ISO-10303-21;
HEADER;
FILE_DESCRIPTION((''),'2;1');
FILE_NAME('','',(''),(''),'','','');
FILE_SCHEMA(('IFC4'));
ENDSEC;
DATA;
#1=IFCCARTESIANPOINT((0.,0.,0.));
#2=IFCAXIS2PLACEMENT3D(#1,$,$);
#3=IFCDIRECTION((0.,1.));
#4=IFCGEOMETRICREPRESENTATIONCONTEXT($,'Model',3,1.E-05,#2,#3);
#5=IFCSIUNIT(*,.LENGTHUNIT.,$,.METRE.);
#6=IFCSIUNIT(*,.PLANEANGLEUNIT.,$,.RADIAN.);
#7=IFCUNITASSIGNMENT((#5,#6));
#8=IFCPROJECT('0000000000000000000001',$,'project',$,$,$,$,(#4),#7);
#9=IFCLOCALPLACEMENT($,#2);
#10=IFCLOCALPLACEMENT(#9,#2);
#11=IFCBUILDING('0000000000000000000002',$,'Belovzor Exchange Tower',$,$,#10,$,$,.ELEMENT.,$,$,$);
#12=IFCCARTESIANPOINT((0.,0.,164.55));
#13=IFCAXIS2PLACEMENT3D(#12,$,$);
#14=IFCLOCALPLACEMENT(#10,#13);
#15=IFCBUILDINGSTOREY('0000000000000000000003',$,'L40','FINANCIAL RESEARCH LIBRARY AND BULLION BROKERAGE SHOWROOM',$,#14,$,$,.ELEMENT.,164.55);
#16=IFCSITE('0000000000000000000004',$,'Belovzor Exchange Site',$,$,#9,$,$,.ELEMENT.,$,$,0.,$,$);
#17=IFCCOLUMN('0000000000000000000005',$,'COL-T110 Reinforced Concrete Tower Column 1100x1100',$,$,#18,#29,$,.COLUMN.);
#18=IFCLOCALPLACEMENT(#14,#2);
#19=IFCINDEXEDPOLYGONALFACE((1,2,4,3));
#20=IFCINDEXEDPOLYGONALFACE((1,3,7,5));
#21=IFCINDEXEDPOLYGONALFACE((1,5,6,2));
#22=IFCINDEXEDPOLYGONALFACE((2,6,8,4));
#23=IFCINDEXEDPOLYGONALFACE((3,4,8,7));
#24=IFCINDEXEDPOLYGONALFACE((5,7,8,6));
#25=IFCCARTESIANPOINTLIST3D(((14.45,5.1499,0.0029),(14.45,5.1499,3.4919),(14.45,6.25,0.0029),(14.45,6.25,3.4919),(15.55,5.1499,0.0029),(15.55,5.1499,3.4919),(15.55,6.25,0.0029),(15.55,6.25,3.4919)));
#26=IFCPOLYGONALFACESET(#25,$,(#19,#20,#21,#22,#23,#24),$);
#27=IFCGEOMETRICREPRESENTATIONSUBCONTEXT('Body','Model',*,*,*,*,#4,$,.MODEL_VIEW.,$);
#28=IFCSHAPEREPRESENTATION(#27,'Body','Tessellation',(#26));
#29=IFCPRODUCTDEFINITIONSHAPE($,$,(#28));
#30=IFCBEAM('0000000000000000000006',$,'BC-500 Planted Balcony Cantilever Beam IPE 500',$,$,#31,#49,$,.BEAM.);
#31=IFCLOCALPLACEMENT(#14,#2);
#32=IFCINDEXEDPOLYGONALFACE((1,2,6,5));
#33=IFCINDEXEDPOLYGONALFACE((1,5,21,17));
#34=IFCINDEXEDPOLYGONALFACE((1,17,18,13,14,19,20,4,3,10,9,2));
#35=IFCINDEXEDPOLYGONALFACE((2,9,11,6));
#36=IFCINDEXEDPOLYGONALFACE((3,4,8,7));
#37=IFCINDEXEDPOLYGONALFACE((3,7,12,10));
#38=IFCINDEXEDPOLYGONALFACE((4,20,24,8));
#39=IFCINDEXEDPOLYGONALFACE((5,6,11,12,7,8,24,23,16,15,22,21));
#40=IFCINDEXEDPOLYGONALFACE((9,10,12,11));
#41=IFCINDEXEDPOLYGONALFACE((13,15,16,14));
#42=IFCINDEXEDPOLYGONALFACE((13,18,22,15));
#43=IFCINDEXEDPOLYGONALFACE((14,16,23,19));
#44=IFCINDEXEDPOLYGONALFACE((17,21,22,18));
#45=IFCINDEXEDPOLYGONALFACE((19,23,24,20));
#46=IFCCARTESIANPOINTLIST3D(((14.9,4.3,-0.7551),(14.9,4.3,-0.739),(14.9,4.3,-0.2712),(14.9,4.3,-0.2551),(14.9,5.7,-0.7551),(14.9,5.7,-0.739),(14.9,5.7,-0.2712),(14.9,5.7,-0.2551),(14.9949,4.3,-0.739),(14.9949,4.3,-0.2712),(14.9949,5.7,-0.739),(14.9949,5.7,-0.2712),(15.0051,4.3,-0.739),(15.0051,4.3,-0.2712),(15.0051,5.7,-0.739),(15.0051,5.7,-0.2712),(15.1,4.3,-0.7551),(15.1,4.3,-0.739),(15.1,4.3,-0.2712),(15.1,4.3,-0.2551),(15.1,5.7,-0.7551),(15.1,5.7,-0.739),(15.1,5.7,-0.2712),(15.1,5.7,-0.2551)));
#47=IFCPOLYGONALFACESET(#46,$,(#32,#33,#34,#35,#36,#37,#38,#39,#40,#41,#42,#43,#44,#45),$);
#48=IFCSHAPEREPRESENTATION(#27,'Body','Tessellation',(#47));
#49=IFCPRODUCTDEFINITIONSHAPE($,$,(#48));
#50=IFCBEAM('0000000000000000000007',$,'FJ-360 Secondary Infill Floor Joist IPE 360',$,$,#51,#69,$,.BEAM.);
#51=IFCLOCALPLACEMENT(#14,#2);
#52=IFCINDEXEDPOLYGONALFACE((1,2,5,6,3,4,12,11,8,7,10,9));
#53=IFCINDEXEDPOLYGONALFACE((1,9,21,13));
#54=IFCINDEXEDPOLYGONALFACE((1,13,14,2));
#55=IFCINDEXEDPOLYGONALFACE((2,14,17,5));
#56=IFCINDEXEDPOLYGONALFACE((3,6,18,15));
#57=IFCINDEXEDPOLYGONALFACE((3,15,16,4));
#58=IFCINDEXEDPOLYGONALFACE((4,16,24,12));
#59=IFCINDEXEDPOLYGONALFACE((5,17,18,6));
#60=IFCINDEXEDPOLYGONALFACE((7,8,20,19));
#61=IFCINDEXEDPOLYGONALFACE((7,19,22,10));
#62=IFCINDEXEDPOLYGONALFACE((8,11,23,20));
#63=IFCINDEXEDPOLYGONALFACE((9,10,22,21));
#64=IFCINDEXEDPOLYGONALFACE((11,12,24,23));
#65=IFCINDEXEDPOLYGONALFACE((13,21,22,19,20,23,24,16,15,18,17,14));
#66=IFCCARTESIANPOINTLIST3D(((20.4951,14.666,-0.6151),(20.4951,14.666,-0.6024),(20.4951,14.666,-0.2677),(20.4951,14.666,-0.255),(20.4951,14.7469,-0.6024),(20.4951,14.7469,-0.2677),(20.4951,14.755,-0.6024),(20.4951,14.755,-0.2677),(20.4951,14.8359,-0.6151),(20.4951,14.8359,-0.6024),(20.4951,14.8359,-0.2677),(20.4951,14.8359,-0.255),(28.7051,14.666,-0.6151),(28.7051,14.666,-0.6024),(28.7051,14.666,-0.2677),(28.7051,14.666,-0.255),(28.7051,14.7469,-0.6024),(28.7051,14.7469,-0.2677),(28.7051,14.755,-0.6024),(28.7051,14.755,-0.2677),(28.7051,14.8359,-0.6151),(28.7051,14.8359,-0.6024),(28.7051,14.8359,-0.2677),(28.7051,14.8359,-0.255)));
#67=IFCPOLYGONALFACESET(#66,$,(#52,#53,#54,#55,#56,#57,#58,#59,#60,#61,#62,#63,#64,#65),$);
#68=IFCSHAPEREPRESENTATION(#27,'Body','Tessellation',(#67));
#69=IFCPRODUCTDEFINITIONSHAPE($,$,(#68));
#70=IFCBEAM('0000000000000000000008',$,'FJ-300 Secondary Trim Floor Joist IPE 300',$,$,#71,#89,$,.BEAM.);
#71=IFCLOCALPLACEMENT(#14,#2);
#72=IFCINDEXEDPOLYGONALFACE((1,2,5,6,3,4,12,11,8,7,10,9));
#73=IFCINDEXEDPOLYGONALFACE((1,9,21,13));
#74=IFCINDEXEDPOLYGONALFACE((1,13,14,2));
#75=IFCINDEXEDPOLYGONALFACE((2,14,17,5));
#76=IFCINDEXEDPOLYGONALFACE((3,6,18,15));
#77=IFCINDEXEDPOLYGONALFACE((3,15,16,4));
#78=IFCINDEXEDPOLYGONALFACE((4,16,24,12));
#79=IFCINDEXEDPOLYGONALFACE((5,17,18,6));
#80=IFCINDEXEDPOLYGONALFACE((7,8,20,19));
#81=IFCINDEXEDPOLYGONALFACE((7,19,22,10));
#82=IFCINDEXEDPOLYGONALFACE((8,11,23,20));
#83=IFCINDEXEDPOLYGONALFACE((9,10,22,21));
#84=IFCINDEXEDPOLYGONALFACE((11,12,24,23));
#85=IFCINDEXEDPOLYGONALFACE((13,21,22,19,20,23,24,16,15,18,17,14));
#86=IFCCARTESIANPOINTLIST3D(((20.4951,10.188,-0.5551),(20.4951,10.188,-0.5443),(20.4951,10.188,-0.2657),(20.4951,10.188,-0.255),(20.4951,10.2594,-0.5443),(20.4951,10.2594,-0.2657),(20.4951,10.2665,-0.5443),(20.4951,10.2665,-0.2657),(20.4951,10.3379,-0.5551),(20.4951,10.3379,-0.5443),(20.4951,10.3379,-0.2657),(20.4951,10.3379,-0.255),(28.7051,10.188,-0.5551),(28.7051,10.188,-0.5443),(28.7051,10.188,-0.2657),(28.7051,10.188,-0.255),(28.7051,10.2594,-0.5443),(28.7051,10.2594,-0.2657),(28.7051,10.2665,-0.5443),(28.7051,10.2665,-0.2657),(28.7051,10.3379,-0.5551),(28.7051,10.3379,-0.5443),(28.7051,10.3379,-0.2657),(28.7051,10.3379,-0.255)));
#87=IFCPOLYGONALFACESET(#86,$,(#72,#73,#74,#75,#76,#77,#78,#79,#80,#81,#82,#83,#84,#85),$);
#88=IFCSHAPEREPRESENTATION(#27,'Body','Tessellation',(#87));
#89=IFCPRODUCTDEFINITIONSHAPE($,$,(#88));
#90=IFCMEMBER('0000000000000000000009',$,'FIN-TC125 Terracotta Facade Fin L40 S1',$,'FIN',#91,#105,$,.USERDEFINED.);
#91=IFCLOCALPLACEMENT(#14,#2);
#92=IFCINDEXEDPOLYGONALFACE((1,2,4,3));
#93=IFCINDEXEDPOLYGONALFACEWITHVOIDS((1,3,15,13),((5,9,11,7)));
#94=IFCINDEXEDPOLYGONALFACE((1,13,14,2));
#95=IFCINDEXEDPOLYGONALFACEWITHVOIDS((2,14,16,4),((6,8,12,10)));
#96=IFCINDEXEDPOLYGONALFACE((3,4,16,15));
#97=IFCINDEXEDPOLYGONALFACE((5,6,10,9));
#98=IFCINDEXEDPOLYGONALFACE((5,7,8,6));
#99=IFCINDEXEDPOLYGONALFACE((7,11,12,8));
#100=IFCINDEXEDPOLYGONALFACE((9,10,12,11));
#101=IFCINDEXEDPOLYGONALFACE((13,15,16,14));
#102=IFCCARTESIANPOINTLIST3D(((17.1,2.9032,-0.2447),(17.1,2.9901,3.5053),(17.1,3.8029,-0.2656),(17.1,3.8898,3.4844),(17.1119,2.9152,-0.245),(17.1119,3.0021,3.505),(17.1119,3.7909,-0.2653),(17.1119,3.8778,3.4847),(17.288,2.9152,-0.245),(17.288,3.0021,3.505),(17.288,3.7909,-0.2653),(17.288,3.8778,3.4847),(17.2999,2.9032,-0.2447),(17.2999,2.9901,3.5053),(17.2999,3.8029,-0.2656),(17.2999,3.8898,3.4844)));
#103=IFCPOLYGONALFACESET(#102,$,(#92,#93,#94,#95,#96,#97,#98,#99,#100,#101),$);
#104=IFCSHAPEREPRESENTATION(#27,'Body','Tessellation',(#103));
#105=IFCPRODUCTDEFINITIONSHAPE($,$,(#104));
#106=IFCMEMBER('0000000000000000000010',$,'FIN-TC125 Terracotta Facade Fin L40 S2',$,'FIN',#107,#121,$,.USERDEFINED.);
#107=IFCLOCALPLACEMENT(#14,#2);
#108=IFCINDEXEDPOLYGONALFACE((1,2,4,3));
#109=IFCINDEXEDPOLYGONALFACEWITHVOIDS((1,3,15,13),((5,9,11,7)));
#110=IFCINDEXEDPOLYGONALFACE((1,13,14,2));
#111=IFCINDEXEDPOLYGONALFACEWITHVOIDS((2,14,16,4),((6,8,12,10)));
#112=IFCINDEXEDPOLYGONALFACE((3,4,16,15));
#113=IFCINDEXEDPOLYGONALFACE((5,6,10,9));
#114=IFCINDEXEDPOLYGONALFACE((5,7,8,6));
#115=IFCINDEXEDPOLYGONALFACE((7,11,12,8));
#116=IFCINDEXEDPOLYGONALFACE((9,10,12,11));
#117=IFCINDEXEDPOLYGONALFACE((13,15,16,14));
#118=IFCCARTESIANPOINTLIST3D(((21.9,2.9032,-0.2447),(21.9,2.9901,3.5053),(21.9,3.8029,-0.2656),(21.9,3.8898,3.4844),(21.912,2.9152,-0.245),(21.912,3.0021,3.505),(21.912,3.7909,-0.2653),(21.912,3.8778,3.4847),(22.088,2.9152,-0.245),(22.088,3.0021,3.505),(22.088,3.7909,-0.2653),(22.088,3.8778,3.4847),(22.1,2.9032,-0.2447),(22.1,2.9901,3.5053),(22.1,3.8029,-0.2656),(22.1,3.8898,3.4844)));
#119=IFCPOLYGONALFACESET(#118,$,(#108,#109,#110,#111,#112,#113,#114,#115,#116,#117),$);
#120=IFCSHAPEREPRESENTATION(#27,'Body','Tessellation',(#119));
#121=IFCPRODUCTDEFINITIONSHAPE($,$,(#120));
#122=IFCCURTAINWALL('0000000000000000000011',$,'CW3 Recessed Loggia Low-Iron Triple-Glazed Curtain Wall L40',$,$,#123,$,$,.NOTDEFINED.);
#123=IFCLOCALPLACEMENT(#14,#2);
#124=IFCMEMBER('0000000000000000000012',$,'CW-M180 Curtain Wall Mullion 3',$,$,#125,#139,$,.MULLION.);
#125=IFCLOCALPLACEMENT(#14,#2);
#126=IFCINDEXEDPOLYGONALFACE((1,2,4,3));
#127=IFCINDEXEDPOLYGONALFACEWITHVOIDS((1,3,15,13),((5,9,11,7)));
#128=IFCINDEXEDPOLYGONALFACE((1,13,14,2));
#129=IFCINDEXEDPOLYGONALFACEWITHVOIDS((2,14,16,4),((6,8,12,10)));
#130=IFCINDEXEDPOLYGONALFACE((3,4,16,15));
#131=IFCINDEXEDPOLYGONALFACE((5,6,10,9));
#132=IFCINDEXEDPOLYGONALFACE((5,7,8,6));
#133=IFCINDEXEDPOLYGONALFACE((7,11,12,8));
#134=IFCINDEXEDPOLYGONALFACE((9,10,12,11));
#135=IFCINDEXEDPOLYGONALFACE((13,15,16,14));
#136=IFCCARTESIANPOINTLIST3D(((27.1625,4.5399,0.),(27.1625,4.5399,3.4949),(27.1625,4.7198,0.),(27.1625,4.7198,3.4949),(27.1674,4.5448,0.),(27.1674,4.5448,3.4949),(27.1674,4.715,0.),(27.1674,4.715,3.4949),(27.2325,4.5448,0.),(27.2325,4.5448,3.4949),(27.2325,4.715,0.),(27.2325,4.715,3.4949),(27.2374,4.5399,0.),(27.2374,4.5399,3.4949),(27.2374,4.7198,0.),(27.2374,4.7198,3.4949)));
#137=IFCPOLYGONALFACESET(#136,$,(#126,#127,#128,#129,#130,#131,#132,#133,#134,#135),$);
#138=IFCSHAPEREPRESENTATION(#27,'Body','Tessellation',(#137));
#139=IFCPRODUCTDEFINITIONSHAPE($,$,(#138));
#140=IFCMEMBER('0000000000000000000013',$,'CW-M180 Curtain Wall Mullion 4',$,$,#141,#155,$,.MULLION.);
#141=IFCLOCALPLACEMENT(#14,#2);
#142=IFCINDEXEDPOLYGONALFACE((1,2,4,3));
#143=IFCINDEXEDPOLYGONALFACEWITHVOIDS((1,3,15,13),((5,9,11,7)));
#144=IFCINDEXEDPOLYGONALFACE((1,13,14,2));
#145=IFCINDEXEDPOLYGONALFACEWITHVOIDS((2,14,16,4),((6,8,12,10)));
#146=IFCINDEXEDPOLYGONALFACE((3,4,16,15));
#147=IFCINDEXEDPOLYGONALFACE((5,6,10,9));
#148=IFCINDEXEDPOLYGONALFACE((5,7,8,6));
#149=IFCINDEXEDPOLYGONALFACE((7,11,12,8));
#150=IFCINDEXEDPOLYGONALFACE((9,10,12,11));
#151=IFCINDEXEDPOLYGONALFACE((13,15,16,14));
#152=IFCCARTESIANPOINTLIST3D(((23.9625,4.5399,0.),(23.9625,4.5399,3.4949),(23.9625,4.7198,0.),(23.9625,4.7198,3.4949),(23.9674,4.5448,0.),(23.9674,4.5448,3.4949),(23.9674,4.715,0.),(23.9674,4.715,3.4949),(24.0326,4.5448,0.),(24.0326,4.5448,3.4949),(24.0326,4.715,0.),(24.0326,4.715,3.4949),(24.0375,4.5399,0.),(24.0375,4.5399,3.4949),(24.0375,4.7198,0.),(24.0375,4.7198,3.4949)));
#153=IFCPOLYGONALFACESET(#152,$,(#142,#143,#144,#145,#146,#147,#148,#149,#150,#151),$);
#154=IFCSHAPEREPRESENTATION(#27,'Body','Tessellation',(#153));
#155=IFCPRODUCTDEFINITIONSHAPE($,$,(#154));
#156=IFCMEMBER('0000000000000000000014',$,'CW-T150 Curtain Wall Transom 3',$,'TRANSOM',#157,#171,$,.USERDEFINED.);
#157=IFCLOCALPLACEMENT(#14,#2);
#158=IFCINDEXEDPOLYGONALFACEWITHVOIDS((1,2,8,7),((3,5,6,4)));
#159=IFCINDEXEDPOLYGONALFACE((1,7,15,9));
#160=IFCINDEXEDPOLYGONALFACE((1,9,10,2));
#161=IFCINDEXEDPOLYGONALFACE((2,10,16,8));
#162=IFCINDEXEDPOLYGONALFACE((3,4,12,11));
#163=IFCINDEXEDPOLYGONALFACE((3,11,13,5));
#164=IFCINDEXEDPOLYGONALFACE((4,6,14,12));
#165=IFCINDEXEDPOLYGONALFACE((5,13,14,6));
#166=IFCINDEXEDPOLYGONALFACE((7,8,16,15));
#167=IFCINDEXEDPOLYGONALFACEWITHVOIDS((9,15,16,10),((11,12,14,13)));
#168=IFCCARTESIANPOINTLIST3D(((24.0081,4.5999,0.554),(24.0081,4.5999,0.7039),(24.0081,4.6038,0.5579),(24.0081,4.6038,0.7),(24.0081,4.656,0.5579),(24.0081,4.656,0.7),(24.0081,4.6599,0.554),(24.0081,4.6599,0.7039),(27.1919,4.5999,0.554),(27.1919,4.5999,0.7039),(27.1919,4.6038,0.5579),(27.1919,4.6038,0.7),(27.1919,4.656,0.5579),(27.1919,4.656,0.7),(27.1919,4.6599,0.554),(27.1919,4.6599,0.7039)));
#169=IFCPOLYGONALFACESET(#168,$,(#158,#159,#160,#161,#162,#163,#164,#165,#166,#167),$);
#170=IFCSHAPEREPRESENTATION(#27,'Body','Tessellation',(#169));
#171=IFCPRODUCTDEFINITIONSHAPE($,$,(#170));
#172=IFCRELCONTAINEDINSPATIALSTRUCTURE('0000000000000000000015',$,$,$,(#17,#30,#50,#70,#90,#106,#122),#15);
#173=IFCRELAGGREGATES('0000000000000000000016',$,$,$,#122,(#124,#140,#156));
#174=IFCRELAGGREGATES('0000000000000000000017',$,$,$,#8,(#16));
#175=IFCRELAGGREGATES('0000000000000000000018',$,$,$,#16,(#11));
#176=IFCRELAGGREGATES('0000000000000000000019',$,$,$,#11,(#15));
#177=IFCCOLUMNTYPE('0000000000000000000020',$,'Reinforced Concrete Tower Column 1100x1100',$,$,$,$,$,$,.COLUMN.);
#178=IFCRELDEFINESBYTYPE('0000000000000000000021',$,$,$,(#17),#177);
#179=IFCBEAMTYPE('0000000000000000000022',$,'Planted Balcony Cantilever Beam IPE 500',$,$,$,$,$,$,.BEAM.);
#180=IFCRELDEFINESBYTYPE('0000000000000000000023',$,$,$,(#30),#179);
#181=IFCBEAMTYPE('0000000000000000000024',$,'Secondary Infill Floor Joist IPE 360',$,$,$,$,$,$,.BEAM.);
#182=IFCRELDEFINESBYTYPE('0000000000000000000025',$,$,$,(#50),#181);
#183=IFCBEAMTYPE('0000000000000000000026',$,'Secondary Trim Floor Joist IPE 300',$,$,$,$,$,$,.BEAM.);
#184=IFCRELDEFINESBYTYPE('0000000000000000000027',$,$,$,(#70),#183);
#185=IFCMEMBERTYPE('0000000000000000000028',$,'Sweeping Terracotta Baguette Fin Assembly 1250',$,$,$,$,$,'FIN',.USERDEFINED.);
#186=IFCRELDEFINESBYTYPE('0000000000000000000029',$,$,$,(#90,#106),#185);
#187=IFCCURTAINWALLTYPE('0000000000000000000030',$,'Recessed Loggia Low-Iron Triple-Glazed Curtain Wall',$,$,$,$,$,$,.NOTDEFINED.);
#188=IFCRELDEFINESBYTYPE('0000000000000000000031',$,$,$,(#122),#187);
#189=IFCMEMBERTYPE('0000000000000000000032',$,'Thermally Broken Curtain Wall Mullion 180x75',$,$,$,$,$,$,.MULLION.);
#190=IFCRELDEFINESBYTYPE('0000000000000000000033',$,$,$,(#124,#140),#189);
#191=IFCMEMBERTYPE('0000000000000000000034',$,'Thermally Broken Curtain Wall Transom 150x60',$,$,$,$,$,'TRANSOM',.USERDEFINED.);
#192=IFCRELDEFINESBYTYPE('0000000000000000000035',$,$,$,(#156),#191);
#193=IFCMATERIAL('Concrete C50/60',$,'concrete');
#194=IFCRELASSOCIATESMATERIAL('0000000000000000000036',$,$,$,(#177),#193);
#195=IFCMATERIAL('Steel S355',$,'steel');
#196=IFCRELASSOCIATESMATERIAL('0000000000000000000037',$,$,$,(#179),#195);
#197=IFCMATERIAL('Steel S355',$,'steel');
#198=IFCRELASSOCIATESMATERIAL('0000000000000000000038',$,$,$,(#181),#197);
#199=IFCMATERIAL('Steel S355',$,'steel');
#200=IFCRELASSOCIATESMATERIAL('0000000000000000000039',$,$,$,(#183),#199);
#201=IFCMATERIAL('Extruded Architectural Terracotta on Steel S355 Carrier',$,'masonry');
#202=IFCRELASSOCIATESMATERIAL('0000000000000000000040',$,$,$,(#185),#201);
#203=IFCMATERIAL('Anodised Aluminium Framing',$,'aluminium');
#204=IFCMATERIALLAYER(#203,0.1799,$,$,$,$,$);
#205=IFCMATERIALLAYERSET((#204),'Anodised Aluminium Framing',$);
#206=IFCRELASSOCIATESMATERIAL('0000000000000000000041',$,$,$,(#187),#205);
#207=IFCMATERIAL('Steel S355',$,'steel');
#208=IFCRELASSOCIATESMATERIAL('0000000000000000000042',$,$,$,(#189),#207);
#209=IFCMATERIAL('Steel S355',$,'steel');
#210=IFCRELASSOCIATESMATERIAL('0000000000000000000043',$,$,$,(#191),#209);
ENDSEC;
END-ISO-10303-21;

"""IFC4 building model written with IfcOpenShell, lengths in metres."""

from ifc_helpers import new_model, si_unit, direction, frame, origin, origin_2d, place, context, subcontext, project, spatial, rectangle, hollow_rectangle, i_section, extrude, material, layer, layer_set, material_profile, profile_set, type_object, element, aggregate, save


model = new_model("IFC4")

# Units and contexts
model_context = context("Model", 3, precision=1e-05, world=origin(), true_north=direction((0.0, 1.0)))
body_context = subcontext(model_context, "Body", "Model", "MODEL_VIEW")
ifc_project = project(units=[si_unit("LENGTHUNIT", "METRE"), si_unit("PLANEANGLEUNIT", "RADIAN")], contexts=[model_context])

# Site, building, storey
site_placement = place(None, origin())
site = spatial("IfcSite", under=ifc_project, at=site_placement, Name="Belovzor Exchange Site", CompositionType="ELEMENT", RefElevation=0.0)
building_placement = place(site_placement, origin())
building = spatial("IfcBuilding", under=site, at=building_placement, Name="Belovzor Exchange Tower", CompositionType="ELEMENT")
storey_placement = place(building_placement, frame((0.0, 0.0, 164.55)))
storey = spatial("IfcBuildingStorey", under=building, at=storey_placement, Name="L40", Description="FINANCIAL RESEARCH LIBRARY AND BULLION BROKERAGE SHOWROOM", CompositionType="ELEMENT", Elevation=164.55)

# Column
ifc_material_1 = material(Name="Concrete C50/60", Category="concrete")
ifc_material_profile_1 = material_profile(ifc_material_1, rectangle(XDim=1.1001, YDim=1.1001, at=origin_2d()))
ifc_profile_set_1 = profile_set([ifc_material_profile_1], Name="Concrete C50/60")
column_type = type_object("IfcColumnType", Name="Reinforced Concrete Tower Column 1100x1100", PredefinedType="COLUMN", material=ifc_profile_set_1)
column_placement = place(storey_placement, frame((15.0, 5.7, 0.0029), z_axis=(0.0, 0.0, 1.0), x_axis=(1.0, 0.0, 0.0)))
element("IfcColumn", 1, at=column_placement, inside=storey, type_object=column_type, Name="COL-T110 Reinforced Concrete Tower Column 1100x1100", PredefinedType="COLUMN", context=body_context, shape_type="SweptSolid", body=[
    extrude(rectangle(XDim=1.1001, YDim=1.1001, at=origin_2d()), origin(), (0.0, 0.0, 1.0), 3.489),
])

# Beams
ifc_material_2 = material(Name="Steel S355", Category="steel")
ifc_material_profile_2 = material_profile(ifc_material_2, i_section(OverallWidth=0.2, OverallDepth=0.5, WebThickness=0.0103, FlangeThickness=0.0161, at=origin_2d()))
ifc_profile_set_2 = profile_set([ifc_material_profile_2], Name="Steel S355")
beam_type_1 = type_object("IfcBeamType", Name="Planted Balcony Cantilever Beam IPE 500", PredefinedType="BEAM", material=ifc_profile_set_2)
beam_1_placement = place(storey_placement, frame((15.0, 5.7, -0.5051), z_axis=(0.0, -1.0, 0.0), x_axis=(1.0, 0.0, 0.0)))
element("IfcBeam", 2, at=beam_1_placement, inside=storey, type_object=beam_type_1, Name="BC-500 Planted Balcony Cantilever Beam IPE 500", PredefinedType="BEAM", context=body_context, shape_type="SweptSolid", body=[
    extrude(i_section(OverallWidth=0.2, OverallDepth=0.5, WebThickness=0.0103, FlangeThickness=0.0161, at=origin_2d()), origin(), (0.0, 0.0, 1.0), 1.3999),
])
ifc_material_3 = material(Name="Steel S355", Category="steel")
ifc_material_profile_3 = material_profile(ifc_material_3, i_section(OverallWidth=0.1699, OverallDepth=0.3601, WebThickness=0.0081, FlangeThickness=0.0127, at=origin_2d()))
ifc_profile_set_3 = profile_set([ifc_material_profile_3], Name="Steel S355")
beam_type_2 = type_object("IfcBeamType", Name="Secondary Infill Floor Joist IPE 360", PredefinedType="BEAM", material=ifc_profile_set_3)
beam_2_placement = place(storey_placement, frame((20.4951, 14.751, -0.4351), z_axis=(1.0, 0.0, 0.0), x_axis=(0.0, 1.0, 0.0)))
element("IfcBeam", 3, at=beam_2_placement, inside=storey, type_object=beam_type_2, Name="FJ-360 Secondary Infill Floor Joist IPE 360", PredefinedType="BEAM", context=body_context, shape_type="SweptSolid", body=[
    extrude(i_section(OverallWidth=0.1699, OverallDepth=0.3601, WebThickness=0.0081, FlangeThickness=0.0127, at=origin_2d()), origin(), (0.0, 0.0, 1.0), 8.21),
])
ifc_material_4 = material(Name="Steel S355", Category="steel")
ifc_material_profile_4 = material_profile(ifc_material_4, i_section(OverallWidth=0.1499, OverallDepth=0.3, WebThickness=0.0071, FlangeThickness=0.0107, at=origin_2d()))
ifc_profile_set_4 = profile_set([ifc_material_profile_4], Name="Steel S355")
beam_type_3 = type_object("IfcBeamType", Name="Secondary Trim Floor Joist IPE 300", PredefinedType="BEAM", material=ifc_profile_set_4)
beam_3_placement = place(storey_placement, frame((20.4951, 10.2629, -0.405), z_axis=(1.0, 0.0, 0.0), x_axis=(0.0, 1.0, 0.0)))
element("IfcBeam", 4, at=beam_3_placement, inside=storey, type_object=beam_type_3, Name="FJ-300 Secondary Trim Floor Joist IPE 300", PredefinedType="BEAM", context=body_context, shape_type="SweptSolid", body=[
    extrude(i_section(OverallWidth=0.1499, OverallDepth=0.3, WebThickness=0.0071, FlangeThickness=0.0107, at=origin_2d()), origin(), (0.0, 0.0, 1.0), 8.21),
])

# Members
ifc_material_5 = material(Name="Extruded Architectural Terracotta on Steel S355 Carrier", Category="masonry")
ifc_material_profile_5 = material_profile(ifc_material_5, hollow_rectangle(XDim=0.2, YDim=0.8999, WallThickness=0.012, at=origin_2d()))
ifc_profile_set_5 = profile_set([ifc_material_profile_5], Name="Extruded Architectural Terracotta on Steel S355 Carrier")
member_type_1 = type_object("IfcMemberType", Name="Sweeping Terracotta Baguette Fin Assembly 1250", ElementType="FIN", PredefinedType="USERDEFINED", material=ifc_profile_set_5)
for number, where, z_axis, x_axis, name in (
    (5, (17.2, 3.353, -0.2551), (0.0, 0.023171, 0.999732), (-1.0, 0.0, 0.0), "FIN-TC125 Terracotta Facade Fin L40 S1"),
    (6, (22.0, 3.353, -0.2551), (0.0, 0.023171, 0.999732), (-1.0, 0.0, 0.0), "FIN-TC125 Terracotta Facade Fin L40 S2"),
):
    element("IfcMember", number, at=place(storey_placement, frame(where, z_axis=z_axis, x_axis=x_axis)), inside=storey, type_object=member_type_1, Name=name, ObjectType="FIN", PredefinedType="USERDEFINED", context=body_context, shape_type="SweptSolid", body=[
        extrude(hollow_rectangle(XDim=0.2, YDim=0.8999, WallThickness=0.012, at=origin_2d()), origin(), (0.0, 0.0, 1.0), 3.751),
    ])

# Curtain wall, members
ifc_material_6 = material(Name="Anodised Aluminium Framing", Category="aluminium")
ifc_layer_1 = layer(ifc_material_6, 0.1799)
ifc_layer_set_1 = layer_set([ifc_layer_1], Name="Anodised Aluminium Framing")
curtain_wall_type = type_object("IfcCurtainWallType", Name="Recessed Loggia Low-Iron Triple-Glazed Curtain Wall", PredefinedType="NOTDEFINED", material=ifc_layer_set_1)
curtain_wall_placement = place(storey_placement, origin())
curtain_wall = element("IfcCurtainWall", 7, at=curtain_wall_placement, inside=storey, type_object=curtain_wall_type, Name="CW3 Recessed Loggia Low-Iron Triple-Glazed Curtain Wall L40", PredefinedType="NOTDEFINED")
ifc_material_7 = material(Name="Steel S355", Category="steel")
ifc_material_profile_6 = material_profile(ifc_material_7, hollow_rectangle(XDim=0.075, YDim=0.1799, WallThickness=0.0049, at=origin_2d()))
ifc_profile_set_6 = profile_set([ifc_material_profile_6], Name="Steel S355")
member_type_2 = type_object("IfcMemberType", Name="Thermally Broken Curtain Wall Mullion 180x75", PredefinedType="MULLION", material=ifc_profile_set_6)
member_1_placement = place(storey_placement, frame((27.2, 4.6299, 0.0), z_axis=(0.0, 0.0, 1.0), x_axis=(-1.0, 0.0, 0.0)))
member_1 = element("IfcMember", 8, at=member_1_placement, type_object=member_type_2, Name="CW-M180 Curtain Wall Mullion 3", PredefinedType="MULLION", context=body_context, shape_type="SweptSolid", body=[
    extrude(hollow_rectangle(XDim=0.075, YDim=0.1799, WallThickness=0.0049, at=origin_2d()), origin(), (0.0, 0.0, 1.0), 3.4949),
])
member_2_placement = place(storey_placement, frame((24.0, 4.6299, 0.0), z_axis=(0.0, 0.0, 1.0), x_axis=(-1.0, 0.0, 0.0)))
member_2 = element("IfcMember", 9, at=member_2_placement, type_object=member_type_2, Name="CW-M180 Curtain Wall Mullion 4", PredefinedType="MULLION", context=body_context, shape_type="SweptSolid", body=[
    extrude(hollow_rectangle(XDim=0.075, YDim=0.1799, WallThickness=0.0049, at=origin_2d()), origin(), (0.0, 0.0, 1.0), 3.4949),
])
ifc_material_8 = material(Name="Steel S355", Category="steel")
ifc_material_profile_7 = material_profile(ifc_material_8, hollow_rectangle(XDim=0.0601, YDim=0.1499, WallThickness=0.0039, at=origin_2d()))
ifc_profile_set_7 = profile_set([ifc_material_profile_7], Name="Steel S355")
member_type_3 = type_object("IfcMemberType", Name="Thermally Broken Curtain Wall Transom 150x60", ElementType="TRANSOM", PredefinedType="USERDEFINED", material=ifc_profile_set_7)
member_3_placement = place(storey_placement, frame((27.1919, 4.6299, 0.6289), z_axis=(-1.0, 0.0, 0.0), x_axis=(0.0, -1.0, 0.0)))
member_3 = element("IfcMember", 10, at=member_3_placement, type_object=member_type_3, Name="CW-T150 Curtain Wall Transom 3", ObjectType="TRANSOM", PredefinedType="USERDEFINED", context=body_context, shape_type="SweptSolid", body=[
    extrude(hollow_rectangle(XDim=0.0601, YDim=0.1499, WallThickness=0.0039, at=origin_2d()), origin(), (0.0, 0.0, 1.0), 3.1838),
])

aggregate(curtain_wall, [member_1, member_2, member_3])

save(model, "model.ifc")
